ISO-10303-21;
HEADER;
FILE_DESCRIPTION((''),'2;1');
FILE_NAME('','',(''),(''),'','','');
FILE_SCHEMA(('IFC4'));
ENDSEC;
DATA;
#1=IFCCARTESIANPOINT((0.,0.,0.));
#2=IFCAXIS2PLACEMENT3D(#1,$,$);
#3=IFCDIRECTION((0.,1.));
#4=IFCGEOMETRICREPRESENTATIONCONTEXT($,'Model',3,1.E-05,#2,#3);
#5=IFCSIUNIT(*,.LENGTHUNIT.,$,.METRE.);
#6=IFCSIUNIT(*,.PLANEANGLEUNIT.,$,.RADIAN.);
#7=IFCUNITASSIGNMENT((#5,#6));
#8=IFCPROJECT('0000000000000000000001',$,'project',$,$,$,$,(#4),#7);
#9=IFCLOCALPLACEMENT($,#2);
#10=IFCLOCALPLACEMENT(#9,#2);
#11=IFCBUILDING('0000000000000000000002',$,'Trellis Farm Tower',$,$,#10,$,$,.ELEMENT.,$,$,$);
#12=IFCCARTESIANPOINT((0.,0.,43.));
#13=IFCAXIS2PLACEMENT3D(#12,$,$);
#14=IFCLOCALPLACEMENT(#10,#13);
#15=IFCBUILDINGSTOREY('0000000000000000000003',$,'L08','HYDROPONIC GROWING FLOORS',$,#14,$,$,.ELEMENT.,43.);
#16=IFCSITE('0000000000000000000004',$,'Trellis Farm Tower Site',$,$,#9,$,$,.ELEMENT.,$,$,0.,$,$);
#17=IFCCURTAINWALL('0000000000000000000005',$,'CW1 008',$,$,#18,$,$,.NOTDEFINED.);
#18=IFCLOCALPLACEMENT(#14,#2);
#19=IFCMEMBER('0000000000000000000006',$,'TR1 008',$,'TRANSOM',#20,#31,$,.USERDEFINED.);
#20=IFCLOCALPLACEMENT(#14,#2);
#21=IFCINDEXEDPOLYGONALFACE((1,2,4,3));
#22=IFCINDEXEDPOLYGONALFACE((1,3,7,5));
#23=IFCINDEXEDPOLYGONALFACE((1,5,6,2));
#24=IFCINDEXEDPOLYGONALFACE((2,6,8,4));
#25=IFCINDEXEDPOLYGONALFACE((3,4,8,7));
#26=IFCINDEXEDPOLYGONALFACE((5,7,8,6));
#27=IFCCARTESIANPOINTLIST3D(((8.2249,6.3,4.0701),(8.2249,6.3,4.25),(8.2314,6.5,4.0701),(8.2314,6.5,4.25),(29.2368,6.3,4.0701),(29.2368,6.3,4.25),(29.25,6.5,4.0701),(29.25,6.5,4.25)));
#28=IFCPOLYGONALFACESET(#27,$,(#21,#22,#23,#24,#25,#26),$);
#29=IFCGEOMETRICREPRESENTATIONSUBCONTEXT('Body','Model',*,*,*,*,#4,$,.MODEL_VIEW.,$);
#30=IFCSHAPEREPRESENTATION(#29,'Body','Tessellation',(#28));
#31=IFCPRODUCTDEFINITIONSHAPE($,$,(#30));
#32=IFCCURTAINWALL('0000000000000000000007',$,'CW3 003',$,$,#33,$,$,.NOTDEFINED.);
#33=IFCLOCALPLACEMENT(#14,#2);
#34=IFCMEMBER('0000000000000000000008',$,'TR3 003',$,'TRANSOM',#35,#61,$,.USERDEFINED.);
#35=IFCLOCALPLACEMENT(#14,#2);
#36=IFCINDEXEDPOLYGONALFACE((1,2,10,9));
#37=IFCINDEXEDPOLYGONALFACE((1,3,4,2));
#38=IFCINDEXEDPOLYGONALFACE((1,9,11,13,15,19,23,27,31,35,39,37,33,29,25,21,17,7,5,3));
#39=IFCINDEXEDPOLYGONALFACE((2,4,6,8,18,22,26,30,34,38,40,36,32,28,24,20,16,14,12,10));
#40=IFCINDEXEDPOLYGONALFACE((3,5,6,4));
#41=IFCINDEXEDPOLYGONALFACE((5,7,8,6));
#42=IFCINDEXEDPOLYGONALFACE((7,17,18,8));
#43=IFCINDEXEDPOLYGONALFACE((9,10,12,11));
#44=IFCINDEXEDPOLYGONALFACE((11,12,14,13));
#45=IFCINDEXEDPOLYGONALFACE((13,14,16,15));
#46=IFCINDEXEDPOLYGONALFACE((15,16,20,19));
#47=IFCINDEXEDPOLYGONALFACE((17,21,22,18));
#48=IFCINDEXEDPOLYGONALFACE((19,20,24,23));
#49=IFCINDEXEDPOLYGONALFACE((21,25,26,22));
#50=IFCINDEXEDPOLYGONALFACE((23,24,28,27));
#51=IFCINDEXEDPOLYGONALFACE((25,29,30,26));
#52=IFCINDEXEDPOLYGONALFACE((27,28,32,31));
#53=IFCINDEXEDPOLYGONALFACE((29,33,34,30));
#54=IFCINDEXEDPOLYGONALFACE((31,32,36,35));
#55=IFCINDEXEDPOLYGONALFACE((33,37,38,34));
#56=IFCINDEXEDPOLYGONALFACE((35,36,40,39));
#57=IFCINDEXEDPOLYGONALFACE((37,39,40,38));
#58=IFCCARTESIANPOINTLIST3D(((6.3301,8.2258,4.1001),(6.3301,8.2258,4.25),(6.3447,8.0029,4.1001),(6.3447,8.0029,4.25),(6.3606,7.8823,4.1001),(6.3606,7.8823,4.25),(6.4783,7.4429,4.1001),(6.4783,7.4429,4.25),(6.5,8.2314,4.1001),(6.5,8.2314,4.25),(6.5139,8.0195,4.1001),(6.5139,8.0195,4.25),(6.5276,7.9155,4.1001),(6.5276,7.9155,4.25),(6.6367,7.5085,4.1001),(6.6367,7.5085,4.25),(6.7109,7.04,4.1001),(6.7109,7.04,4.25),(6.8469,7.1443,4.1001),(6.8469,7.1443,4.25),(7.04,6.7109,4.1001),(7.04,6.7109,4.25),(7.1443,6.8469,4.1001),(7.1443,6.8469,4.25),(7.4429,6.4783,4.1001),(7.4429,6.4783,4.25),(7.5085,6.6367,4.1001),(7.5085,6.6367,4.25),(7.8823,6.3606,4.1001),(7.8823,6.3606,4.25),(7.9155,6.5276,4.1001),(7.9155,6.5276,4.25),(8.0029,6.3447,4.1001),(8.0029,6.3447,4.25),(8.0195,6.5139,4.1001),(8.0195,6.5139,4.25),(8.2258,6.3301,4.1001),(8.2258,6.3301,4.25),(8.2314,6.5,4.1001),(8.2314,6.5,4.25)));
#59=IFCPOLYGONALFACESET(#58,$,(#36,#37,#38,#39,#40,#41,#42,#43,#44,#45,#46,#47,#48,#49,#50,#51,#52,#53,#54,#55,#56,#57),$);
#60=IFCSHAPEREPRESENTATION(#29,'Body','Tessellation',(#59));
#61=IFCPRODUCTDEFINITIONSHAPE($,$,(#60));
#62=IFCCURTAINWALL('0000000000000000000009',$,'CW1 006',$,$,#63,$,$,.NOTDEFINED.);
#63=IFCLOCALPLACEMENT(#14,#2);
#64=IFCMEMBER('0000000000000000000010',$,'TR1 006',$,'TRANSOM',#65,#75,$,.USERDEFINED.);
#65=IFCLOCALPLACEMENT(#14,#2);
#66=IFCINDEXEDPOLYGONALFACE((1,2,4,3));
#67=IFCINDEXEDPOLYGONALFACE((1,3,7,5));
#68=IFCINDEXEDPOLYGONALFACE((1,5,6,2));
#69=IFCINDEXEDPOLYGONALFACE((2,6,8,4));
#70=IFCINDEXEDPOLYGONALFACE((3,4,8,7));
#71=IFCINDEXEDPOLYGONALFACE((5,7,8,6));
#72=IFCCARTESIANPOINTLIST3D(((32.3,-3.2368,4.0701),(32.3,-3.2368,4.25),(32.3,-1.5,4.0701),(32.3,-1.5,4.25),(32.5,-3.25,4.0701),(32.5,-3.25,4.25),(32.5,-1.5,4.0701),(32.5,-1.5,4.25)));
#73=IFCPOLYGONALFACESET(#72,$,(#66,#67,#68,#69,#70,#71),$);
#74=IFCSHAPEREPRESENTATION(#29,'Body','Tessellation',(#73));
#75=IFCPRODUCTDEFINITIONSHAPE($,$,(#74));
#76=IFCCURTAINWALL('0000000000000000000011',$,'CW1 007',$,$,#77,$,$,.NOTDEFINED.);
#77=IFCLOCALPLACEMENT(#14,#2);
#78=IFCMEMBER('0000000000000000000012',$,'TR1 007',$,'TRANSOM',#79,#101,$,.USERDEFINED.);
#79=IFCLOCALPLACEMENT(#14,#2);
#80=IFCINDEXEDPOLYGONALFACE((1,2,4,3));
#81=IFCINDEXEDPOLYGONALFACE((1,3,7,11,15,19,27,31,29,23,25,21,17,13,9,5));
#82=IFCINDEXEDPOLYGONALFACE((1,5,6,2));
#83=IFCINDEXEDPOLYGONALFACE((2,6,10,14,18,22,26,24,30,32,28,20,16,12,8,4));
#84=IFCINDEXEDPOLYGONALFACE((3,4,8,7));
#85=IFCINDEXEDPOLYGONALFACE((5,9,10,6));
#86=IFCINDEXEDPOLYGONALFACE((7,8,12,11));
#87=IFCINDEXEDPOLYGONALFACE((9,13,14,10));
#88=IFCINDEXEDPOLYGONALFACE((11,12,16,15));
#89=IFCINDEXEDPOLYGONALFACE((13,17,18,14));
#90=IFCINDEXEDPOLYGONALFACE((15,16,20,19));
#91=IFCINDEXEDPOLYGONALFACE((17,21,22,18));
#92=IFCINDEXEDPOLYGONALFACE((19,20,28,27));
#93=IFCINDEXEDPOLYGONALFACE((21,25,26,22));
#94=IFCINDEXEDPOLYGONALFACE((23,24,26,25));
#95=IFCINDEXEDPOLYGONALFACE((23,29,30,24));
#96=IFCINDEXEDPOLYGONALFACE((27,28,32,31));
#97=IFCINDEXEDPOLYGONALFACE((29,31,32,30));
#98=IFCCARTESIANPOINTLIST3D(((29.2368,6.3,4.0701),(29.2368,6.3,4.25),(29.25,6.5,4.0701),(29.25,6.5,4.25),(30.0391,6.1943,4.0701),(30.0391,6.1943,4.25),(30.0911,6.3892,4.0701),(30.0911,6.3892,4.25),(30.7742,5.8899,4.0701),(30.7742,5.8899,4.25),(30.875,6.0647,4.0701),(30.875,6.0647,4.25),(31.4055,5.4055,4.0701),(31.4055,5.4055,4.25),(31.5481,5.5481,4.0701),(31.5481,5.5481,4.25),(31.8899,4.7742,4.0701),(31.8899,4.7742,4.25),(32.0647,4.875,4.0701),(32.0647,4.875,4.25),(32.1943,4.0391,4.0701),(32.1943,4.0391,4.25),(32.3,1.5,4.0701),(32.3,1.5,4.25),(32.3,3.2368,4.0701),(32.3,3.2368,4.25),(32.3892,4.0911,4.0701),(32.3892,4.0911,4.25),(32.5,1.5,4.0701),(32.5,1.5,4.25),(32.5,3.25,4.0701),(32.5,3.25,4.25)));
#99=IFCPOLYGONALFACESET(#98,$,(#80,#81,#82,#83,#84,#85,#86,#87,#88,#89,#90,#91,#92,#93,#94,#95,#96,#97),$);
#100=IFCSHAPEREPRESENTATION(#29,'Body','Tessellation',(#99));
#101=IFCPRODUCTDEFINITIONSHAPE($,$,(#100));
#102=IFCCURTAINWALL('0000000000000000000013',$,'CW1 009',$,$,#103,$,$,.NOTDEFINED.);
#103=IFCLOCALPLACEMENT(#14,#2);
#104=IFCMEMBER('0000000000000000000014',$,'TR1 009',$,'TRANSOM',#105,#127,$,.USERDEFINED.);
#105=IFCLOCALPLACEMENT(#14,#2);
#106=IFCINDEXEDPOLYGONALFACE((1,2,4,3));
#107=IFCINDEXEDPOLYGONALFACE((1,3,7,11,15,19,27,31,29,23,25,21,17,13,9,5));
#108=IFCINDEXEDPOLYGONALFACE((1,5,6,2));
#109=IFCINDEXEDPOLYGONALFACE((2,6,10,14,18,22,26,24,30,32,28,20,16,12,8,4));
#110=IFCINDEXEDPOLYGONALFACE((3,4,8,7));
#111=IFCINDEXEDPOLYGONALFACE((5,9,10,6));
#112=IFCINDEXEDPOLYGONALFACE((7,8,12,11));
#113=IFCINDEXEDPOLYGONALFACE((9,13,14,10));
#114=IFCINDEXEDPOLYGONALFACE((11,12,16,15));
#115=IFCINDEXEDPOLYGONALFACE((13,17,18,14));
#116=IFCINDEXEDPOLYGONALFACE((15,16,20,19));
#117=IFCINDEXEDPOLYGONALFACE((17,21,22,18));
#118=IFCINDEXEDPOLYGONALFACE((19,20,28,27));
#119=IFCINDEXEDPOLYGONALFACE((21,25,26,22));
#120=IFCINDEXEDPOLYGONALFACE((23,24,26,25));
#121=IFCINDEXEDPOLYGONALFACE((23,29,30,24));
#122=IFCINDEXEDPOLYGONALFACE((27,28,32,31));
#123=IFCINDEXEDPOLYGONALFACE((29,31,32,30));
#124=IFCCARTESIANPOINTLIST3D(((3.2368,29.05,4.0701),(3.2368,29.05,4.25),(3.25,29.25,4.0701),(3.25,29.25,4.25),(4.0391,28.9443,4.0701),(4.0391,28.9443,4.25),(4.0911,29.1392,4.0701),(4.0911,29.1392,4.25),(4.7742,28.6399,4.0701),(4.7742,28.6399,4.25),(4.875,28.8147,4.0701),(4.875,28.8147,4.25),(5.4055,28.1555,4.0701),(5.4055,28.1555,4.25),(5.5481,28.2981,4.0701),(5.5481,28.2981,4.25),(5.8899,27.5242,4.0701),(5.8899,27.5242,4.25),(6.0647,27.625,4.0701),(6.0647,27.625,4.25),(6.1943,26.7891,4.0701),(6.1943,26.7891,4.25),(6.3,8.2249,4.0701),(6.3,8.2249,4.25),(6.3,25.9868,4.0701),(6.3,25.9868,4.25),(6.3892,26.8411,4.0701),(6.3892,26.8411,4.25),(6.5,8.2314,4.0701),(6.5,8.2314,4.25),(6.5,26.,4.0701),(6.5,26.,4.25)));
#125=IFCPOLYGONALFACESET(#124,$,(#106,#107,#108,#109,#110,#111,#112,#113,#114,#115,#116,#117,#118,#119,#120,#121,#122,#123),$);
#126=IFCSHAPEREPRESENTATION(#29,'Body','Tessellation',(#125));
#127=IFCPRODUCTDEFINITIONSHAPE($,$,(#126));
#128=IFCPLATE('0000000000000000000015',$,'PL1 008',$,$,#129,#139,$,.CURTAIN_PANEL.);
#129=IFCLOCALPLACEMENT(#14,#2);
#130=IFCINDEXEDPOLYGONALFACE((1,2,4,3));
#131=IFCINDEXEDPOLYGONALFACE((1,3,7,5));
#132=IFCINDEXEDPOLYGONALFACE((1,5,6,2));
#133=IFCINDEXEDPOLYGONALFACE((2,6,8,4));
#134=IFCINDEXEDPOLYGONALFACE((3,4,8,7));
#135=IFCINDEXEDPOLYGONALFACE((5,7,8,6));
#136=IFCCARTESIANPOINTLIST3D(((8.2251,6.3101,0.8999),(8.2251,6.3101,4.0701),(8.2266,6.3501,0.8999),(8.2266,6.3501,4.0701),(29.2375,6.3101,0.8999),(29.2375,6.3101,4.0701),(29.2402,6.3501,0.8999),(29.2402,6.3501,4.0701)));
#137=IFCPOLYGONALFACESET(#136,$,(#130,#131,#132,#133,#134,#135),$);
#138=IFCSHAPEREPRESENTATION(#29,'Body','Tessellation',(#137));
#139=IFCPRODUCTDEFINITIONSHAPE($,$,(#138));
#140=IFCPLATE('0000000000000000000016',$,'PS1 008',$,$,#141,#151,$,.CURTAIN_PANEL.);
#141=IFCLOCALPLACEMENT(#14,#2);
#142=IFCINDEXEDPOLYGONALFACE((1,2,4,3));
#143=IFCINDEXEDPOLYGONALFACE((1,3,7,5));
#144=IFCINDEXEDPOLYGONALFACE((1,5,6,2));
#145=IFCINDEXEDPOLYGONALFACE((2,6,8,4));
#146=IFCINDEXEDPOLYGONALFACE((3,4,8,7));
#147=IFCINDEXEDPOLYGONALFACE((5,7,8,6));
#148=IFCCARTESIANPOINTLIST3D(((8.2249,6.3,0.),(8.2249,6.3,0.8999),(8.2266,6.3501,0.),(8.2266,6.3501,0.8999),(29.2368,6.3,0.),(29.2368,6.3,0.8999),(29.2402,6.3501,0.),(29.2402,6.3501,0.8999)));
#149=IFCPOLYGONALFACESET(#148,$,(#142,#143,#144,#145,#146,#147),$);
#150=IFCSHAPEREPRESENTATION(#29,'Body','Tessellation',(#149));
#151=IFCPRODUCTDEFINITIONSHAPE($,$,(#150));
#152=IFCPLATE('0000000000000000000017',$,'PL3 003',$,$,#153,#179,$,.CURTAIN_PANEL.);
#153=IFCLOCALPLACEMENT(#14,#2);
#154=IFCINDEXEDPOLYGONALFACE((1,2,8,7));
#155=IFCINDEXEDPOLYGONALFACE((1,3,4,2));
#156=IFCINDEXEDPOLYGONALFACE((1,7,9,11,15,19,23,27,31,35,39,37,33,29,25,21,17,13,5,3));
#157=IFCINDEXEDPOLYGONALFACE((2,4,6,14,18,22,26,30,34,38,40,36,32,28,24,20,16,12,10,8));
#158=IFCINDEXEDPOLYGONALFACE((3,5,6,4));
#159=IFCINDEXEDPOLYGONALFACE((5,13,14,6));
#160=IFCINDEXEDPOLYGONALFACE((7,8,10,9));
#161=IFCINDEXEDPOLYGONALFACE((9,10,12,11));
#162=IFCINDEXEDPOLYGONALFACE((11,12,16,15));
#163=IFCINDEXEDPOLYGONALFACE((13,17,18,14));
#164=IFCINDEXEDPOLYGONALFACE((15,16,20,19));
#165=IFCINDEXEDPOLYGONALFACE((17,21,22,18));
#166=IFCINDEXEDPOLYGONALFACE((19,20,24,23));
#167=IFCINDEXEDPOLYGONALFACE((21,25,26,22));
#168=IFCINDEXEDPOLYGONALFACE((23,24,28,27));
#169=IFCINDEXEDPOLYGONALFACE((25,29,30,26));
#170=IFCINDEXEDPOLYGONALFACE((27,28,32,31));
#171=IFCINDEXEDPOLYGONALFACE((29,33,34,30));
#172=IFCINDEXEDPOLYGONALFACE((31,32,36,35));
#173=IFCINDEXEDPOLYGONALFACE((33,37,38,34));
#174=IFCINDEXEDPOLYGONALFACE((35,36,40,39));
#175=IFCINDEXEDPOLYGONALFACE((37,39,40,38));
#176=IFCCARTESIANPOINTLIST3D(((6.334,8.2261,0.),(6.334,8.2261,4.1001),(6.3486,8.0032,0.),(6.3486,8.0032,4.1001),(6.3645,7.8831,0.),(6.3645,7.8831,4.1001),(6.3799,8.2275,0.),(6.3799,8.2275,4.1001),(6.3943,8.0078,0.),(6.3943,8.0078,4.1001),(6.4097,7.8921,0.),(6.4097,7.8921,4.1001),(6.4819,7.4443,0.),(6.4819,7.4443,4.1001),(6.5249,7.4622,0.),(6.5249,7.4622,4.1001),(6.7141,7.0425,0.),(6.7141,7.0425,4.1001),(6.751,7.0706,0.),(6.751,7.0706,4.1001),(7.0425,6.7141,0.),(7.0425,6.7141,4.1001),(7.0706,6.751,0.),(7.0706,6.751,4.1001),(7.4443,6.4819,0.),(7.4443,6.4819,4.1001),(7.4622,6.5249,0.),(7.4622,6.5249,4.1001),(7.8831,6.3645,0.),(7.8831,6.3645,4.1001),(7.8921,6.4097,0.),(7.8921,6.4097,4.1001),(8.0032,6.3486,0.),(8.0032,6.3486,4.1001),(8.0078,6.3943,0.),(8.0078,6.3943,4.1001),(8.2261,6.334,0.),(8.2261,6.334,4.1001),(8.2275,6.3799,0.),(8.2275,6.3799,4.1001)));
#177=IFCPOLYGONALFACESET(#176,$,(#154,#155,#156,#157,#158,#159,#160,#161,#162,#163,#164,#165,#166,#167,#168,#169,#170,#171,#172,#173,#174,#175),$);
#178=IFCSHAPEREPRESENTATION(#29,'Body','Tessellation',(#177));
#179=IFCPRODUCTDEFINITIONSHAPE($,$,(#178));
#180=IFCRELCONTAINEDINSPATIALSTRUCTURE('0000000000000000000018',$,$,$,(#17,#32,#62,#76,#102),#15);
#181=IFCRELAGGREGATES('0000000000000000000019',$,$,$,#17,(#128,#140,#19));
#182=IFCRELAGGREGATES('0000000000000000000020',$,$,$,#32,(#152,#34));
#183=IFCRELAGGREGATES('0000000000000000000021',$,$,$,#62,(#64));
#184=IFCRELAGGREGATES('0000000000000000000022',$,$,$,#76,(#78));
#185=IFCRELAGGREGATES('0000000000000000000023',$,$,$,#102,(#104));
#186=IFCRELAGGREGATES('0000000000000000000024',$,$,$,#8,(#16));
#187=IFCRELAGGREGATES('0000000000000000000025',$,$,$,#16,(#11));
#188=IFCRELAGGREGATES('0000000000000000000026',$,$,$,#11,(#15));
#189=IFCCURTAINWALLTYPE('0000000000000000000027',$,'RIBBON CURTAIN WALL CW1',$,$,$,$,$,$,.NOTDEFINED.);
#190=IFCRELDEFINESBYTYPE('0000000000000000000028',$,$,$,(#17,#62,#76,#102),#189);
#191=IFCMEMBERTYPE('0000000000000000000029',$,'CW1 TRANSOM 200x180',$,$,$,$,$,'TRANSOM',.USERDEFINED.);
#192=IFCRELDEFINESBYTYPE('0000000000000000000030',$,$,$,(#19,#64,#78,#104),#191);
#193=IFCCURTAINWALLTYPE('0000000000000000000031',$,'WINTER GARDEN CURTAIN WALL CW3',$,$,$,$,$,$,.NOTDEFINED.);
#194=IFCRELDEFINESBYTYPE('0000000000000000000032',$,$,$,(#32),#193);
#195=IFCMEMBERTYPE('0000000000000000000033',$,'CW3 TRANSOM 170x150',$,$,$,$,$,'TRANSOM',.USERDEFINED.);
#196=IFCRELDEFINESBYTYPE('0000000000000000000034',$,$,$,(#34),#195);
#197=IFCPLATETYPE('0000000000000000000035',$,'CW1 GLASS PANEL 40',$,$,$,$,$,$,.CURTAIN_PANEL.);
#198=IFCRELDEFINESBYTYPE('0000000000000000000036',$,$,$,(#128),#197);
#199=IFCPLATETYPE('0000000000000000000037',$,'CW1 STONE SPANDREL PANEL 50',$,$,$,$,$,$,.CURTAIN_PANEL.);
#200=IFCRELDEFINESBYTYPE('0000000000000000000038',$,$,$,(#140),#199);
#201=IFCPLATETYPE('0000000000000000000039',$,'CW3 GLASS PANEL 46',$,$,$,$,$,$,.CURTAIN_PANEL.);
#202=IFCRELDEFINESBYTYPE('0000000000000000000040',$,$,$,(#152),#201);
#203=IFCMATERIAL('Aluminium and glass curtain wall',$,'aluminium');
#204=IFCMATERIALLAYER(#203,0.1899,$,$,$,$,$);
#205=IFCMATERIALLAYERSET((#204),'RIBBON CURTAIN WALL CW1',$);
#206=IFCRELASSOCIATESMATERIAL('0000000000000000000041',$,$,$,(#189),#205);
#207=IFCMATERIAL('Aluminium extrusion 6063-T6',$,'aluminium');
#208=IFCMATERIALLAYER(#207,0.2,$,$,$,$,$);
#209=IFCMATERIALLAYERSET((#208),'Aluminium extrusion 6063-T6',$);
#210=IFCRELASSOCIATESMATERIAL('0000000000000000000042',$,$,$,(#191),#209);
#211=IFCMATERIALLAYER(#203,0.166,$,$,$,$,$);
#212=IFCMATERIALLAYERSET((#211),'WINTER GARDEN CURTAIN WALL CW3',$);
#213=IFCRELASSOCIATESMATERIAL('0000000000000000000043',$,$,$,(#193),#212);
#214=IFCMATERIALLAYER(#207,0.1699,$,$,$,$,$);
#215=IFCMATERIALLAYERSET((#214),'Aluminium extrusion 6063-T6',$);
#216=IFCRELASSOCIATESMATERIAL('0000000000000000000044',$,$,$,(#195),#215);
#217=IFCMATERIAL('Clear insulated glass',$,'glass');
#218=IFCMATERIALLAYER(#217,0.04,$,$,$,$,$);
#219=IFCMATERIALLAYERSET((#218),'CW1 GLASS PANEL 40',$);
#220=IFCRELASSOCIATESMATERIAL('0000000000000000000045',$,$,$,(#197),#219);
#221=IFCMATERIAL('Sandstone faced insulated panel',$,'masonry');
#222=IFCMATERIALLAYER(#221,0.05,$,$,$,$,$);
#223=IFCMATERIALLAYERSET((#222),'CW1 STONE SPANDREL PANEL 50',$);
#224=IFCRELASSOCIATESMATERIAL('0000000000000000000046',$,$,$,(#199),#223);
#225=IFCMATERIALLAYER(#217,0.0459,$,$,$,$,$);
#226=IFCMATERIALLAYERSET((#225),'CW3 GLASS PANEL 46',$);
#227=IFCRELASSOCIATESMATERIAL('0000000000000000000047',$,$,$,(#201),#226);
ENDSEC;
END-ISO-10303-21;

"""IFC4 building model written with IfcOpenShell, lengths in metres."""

from ifc_helpers import new_model, si_unit, direction, frame, origin, place, context, subcontext, project, spatial, polyline, outline, extrude, source, transform, mapped, material, layer, layer_set, type_object, element, aggregate, save


model = new_model("IFC4")

# Units and contexts
model_context = context("Model", 3, precision=1e-05, world=origin(), true_north=direction((0.0, 1.0)))
body_context = subcontext(model_context, "Body", "Model", "MODEL_VIEW")
ifc_project = project(units=[si_unit("LENGTHUNIT", "METRE"), si_unit("PLANEANGLEUNIT", "RADIAN")], contexts=[model_context])

# Site, building, storey
site_placement = place(None, origin())
site = spatial("IfcSite", under=ifc_project, at=site_placement, Name="Trellis Farm Tower Site", CompositionType="ELEMENT", RefElevation=0.0)
building_placement = place(site_placement, origin())
building = spatial("IfcBuilding", under=site, at=building_placement, Name="Trellis Farm Tower", CompositionType="ELEMENT")
storey_placement = place(building_placement, frame((0.0, 0.0, 43.0)))
storey = spatial("IfcBuildingStorey", under=building, at=storey_placement, Name="L08", Description="HYDROPONIC GROWING FLOORS", CompositionType="ELEMENT", Elevation=43.0)

# Curtain walls, members
ifc_material_1 = material(Name="Aluminium and glass curtain wall", Category="aluminium")
ifc_layer_1 = layer(ifc_material_1, 0.1899)
ifc_layer_set_1 = layer_set([ifc_layer_1], Name="RIBBON CURTAIN WALL CW1")
curtain_wall_type_1 = type_object("IfcCurtainWallType", Name="RIBBON CURTAIN WALL CW1", PredefinedType="NOTDEFINED", material=ifc_layer_set_1)
placement_1 = place(storey_placement, origin())
curtain_wall_1 = element("IfcCurtainWall", 1, at=placement_1, inside=storey, type_object=curtain_wall_type_1, Name="CW1 008", PredefinedType="NOTDEFINED")
ifc_material_2 = material(Name="Aluminium extrusion 6063-T6", Category="aluminium")
ifc_layer_2 = layer(ifc_material_2, 0.2)
ifc_layer_set_2 = layer_set([ifc_layer_2], Name="Aluminium extrusion 6063-T6")
member_type_1 = type_object("IfcMemberType", Name="CW1 TRANSOM 200x180", ElementType="TRANSOM", PredefinedType="USERDEFINED", material=ifc_layer_set_2)
shared_shape_1 = source(origin(), body_context, "Body", "SweptSolid", [
    extrude(outline(polyline([(29.25, 6.5), (8.2314, 6.5), (8.2249, 6.3), (29.2368, 6.3), (29.25, 6.5)])), origin(), (0.0, 0.0, 1.0), 0.1799),
])
placement_2 = place(storey_placement, frame((0.0, 0.0, 4.0701)))
member_1 = element("IfcMember", 2, at=placement_2, type_object=member_type_1, Name="TR1 008", ObjectType="TRANSOM", PredefinedType="USERDEFINED", context=body_context, shape_type="MappedRepresentation", body=[
    mapped(shared_shape_1, transform((0.0, 0.0, 0.0))),
])
ifc_layer_3 = layer(ifc_material_1, 0.166)
ifc_layer_set_3 = layer_set([ifc_layer_3], Name="WINTER GARDEN CURTAIN WALL CW3")
curtain_wall_type_2 = type_object("IfcCurtainWallType", Name="WINTER GARDEN CURTAIN WALL CW3", PredefinedType="NOTDEFINED", material=ifc_layer_set_3)
curtain_wall_2 = element("IfcCurtainWall", 3, at=placement_1, inside=storey, type_object=curtain_wall_type_2, Name="CW3 003", PredefinedType="NOTDEFINED")
ifc_layer_4 = layer(ifc_material_2, 0.1699)
ifc_layer_set_4 = layer_set([ifc_layer_4], Name="Aluminium extrusion 6063-T6")
member_type_2 = type_object("IfcMemberType", Name="CW3 TRANSOM 170x150", ElementType="TRANSOM", PredefinedType="USERDEFINED", material=ifc_layer_set_4)
shared_shape_2 = source(origin(), body_context, "Body", "SweptSolid", [
    extrude(outline(polyline([(8.2314, 6.5), (8.0195, 6.5139), (7.9155, 6.5276), (7.5085, 6.6367), (7.1443, 6.8469), (6.8469, 7.1443), (6.6367, 7.5085), (6.5276, 7.9155), (6.5139, 8.0195), (6.5, 8.2314), (6.3301, 8.2258), (6.3447, 8.0029), (6.3606, 7.8823), (6.4783, 7.4429), (6.7109, 7.04), (7.04, 6.7109), (7.4429, 6.4783), (7.8823, 6.3606), (8.0029, 6.3447), (8.2258, 6.3301), (8.2314, 6.5)])), origin(), (0.0, 0.0, 1.0), 0.1499),
])
member_2_placement = place(storey_placement, frame((0.0, 0.0, 4.1001)))
member_2 = element("IfcMember", 4, at=member_2_placement, type_object=member_type_2, Name="TR3 003", ObjectType="TRANSOM", PredefinedType="USERDEFINED", context=body_context, shape_type="MappedRepresentation", body=[
    mapped(shared_shape_2, transform((0.0, 0.0, 0.0))),
])
curtain_wall_3 = element("IfcCurtainWall", 5, at=placement_1, inside=storey, type_object=curtain_wall_type_1, Name="CW1 006", PredefinedType="NOTDEFINED")
shared_shape_3 = source(origin(), body_context, "Body", "SweptSolid", [
    extrude(outline(polyline([(32.5, -3.25), (32.5, -1.5), (32.3, -1.5), (32.3, -3.2368), (32.5, -3.25)])), origin(), (0.0, 0.0, 1.0), 0.1799),
])
member_3 = element("IfcMember", 6, at=placement_2, type_object=member_type_1, Name="TR1 006", ObjectType="TRANSOM", PredefinedType="USERDEFINED", context=body_context, shape_type="MappedRepresentation", body=[
    mapped(shared_shape_3, transform((0.0, 0.0, 0.0))),
])
curtain_wall_4 = element("IfcCurtainWall", 7, at=placement_1, inside=storey, type_object=curtain_wall_type_1, Name="CW1 007", PredefinedType="NOTDEFINED")
shared_shape_4 = source(origin(), body_context, "Body", "SweptSolid", [
    extrude(outline(polyline([(32.5, 1.5), (32.5, 3.25), (32.3892, 4.0911), (32.0647, 4.875), (31.5481, 5.5481), (30.875, 6.0647), (30.0911, 6.3892), (29.25, 6.5), (29.2368, 6.3), (30.0391, 6.1943), (30.7742, 5.8899), (31.4055, 5.4055), (31.8899, 4.7742), (32.1943, 4.0391), (32.3, 3.2368), (32.3, 1.5), (32.5, 1.5)])), origin(), (0.0, 0.0, 1.0), 0.1799),
])
member_4 = element("IfcMember", 8, at=placement_2, type_object=member_type_1, Name="TR1 007", ObjectType="TRANSOM", PredefinedType="USERDEFINED", context=body_context, shape_type="MappedRepresentation", body=[
    mapped(shared_shape_4, transform((0.0, 0.0, 0.0))),
])
curtain_wall_5 = element("IfcCurtainWall", 9, at=placement_1, inside=storey, type_object=curtain_wall_type_1, Name="CW1 009", PredefinedType="NOTDEFINED")
shared_shape_5 = source(origin(), body_context, "Body", "SweptSolid", [
    extrude(outline(polyline([(6.5, 8.2314), (6.5, 26.0), (6.3892, 26.8411), (6.0647, 27.625), (5.5481, 28.2981), (4.875, 28.8147), (4.0911, 29.1392), (3.25, 29.25), (3.2368, 29.05), (4.0391, 28.9443), (4.7742, 28.6399), (5.4055, 28.1555), (5.8899, 27.5242), (6.1943, 26.7891), (6.3, 25.9868), (6.3, 8.2249), (6.5, 8.2314)])), origin(), (0.0, 0.0, 1.0), 0.1799),
])
member_5 = element("IfcMember", 10, at=placement_2, type_object=member_type_1, Name="TR1 009", ObjectType="TRANSOM", PredefinedType="USERDEFINED", context=body_context, shape_type="MappedRepresentation", body=[
    mapped(shared_shape_5, transform((0.0, 0.0, 0.0))),
])

# Plates
ifc_material_3 = material(Name="Clear insulated glass", Category="glass")
ifc_layer_5 = layer(ifc_material_3, 0.04)
ifc_layer_set_5 = layer_set([ifc_layer_5], Name="CW1 GLASS PANEL 40")
plate_type_1 = type_object("IfcPlateType", Name="CW1 GLASS PANEL 40", PredefinedType="CURTAIN_PANEL", material=ifc_layer_set_5)
shared_shape_6 = source(origin(), body_context, "Body", "SweptSolid", [
    extrude(outline(polyline([(29.2402, 6.3501), (8.2266, 6.3501), (8.2251, 6.3101), (29.2375, 6.3101), (29.2402, 6.3501)])), origin(), (0.0, 0.0, 1.0), 3.1702),
])
placement_3 = place(storey_placement, frame((0.0, 0.0, 0.8999)))
plate_1 = element("IfcPlate", 11, at=placement_3, type_object=plate_type_1, Name="PL1 008", PredefinedType="CURTAIN_PANEL", context=body_context, shape_type="MappedRepresentation", body=[
    mapped(shared_shape_6, transform((0.0, 0.0, 0.0))),
])
ifc_material_4 = material(Name="Sandstone faced insulated panel", Category="masonry")
ifc_layer_6 = layer(ifc_material_4, 0.05)
ifc_layer_set_6 = layer_set([ifc_layer_6], Name="CW1 STONE SPANDREL PANEL 50")
plate_type_2 = type_object("IfcPlateType", Name="CW1 STONE SPANDREL PANEL 50", PredefinedType="CURTAIN_PANEL", material=ifc_layer_set_6)
shared_shape_7 = source(origin(), body_context, "Body", "SweptSolid", [
    extrude(outline(polyline([(29.2402, 6.3501), (8.2266, 6.3501), (8.2249, 6.3), (29.2368, 6.3), (29.2402, 6.3501)])), origin(), (0.0, 0.0, 1.0), 0.8999),
])
plate_2 = element("IfcPlate", 12, at=placement_1, type_object=plate_type_2, Name="PS1 008", PredefinedType="CURTAIN_PANEL", context=body_context, shape_type="MappedRepresentation", body=[
    mapped(shared_shape_7, transform((0.0, 0.0, 0.0))),
])
aggregate(curtain_wall_1, [plate_1, plate_2, member_1])
ifc_layer_7 = layer(ifc_material_3, 0.0459)
ifc_layer_set_7 = layer_set([ifc_layer_7], Name="CW3 GLASS PANEL 46")
plate_type_3 = type_object("IfcPlateType", Name="CW3 GLASS PANEL 46", PredefinedType="CURTAIN_PANEL", material=ifc_layer_set_7)
shared_shape_8 = source(origin(), body_context, "Body", "SweptSolid", [
    extrude(outline(polyline([(8.2275, 6.3799), (8.0078, 6.3943), (7.8921, 6.4097), (7.4622, 6.5249), (7.0706, 6.751), (6.751, 7.0706), (6.5249, 7.4622), (6.4097, 7.8921), (6.3943, 8.0078), (6.3799, 8.2275), (6.334, 8.2261), (6.3486, 8.0032), (6.3645, 7.8831), (6.4819, 7.4443), (6.7141, 7.0425), (7.0425, 6.7141), (7.4443, 6.4819), (7.8831, 6.3645), (8.0032, 6.3486), (8.2261, 6.334), (8.2275, 6.3799)])), origin(), (0.0, 0.0, 1.0), 4.1001),
])
plate_3 = element("IfcPlate", 13, at=placement_1, type_object=plate_type_3, Name="PL3 003", PredefinedType="CURTAIN_PANEL", context=body_context, shape_type="MappedRepresentation", body=[
    mapped(shared_shape_8, transform((0.0, 0.0, 0.0))),
])
aggregate(curtain_wall_2, [plate_3, member_2])
aggregate(curtain_wall_3, [member_3])
aggregate(curtain_wall_4, [member_4])
aggregate(curtain_wall_5, [member_5])

save(model, "model.ifc")
